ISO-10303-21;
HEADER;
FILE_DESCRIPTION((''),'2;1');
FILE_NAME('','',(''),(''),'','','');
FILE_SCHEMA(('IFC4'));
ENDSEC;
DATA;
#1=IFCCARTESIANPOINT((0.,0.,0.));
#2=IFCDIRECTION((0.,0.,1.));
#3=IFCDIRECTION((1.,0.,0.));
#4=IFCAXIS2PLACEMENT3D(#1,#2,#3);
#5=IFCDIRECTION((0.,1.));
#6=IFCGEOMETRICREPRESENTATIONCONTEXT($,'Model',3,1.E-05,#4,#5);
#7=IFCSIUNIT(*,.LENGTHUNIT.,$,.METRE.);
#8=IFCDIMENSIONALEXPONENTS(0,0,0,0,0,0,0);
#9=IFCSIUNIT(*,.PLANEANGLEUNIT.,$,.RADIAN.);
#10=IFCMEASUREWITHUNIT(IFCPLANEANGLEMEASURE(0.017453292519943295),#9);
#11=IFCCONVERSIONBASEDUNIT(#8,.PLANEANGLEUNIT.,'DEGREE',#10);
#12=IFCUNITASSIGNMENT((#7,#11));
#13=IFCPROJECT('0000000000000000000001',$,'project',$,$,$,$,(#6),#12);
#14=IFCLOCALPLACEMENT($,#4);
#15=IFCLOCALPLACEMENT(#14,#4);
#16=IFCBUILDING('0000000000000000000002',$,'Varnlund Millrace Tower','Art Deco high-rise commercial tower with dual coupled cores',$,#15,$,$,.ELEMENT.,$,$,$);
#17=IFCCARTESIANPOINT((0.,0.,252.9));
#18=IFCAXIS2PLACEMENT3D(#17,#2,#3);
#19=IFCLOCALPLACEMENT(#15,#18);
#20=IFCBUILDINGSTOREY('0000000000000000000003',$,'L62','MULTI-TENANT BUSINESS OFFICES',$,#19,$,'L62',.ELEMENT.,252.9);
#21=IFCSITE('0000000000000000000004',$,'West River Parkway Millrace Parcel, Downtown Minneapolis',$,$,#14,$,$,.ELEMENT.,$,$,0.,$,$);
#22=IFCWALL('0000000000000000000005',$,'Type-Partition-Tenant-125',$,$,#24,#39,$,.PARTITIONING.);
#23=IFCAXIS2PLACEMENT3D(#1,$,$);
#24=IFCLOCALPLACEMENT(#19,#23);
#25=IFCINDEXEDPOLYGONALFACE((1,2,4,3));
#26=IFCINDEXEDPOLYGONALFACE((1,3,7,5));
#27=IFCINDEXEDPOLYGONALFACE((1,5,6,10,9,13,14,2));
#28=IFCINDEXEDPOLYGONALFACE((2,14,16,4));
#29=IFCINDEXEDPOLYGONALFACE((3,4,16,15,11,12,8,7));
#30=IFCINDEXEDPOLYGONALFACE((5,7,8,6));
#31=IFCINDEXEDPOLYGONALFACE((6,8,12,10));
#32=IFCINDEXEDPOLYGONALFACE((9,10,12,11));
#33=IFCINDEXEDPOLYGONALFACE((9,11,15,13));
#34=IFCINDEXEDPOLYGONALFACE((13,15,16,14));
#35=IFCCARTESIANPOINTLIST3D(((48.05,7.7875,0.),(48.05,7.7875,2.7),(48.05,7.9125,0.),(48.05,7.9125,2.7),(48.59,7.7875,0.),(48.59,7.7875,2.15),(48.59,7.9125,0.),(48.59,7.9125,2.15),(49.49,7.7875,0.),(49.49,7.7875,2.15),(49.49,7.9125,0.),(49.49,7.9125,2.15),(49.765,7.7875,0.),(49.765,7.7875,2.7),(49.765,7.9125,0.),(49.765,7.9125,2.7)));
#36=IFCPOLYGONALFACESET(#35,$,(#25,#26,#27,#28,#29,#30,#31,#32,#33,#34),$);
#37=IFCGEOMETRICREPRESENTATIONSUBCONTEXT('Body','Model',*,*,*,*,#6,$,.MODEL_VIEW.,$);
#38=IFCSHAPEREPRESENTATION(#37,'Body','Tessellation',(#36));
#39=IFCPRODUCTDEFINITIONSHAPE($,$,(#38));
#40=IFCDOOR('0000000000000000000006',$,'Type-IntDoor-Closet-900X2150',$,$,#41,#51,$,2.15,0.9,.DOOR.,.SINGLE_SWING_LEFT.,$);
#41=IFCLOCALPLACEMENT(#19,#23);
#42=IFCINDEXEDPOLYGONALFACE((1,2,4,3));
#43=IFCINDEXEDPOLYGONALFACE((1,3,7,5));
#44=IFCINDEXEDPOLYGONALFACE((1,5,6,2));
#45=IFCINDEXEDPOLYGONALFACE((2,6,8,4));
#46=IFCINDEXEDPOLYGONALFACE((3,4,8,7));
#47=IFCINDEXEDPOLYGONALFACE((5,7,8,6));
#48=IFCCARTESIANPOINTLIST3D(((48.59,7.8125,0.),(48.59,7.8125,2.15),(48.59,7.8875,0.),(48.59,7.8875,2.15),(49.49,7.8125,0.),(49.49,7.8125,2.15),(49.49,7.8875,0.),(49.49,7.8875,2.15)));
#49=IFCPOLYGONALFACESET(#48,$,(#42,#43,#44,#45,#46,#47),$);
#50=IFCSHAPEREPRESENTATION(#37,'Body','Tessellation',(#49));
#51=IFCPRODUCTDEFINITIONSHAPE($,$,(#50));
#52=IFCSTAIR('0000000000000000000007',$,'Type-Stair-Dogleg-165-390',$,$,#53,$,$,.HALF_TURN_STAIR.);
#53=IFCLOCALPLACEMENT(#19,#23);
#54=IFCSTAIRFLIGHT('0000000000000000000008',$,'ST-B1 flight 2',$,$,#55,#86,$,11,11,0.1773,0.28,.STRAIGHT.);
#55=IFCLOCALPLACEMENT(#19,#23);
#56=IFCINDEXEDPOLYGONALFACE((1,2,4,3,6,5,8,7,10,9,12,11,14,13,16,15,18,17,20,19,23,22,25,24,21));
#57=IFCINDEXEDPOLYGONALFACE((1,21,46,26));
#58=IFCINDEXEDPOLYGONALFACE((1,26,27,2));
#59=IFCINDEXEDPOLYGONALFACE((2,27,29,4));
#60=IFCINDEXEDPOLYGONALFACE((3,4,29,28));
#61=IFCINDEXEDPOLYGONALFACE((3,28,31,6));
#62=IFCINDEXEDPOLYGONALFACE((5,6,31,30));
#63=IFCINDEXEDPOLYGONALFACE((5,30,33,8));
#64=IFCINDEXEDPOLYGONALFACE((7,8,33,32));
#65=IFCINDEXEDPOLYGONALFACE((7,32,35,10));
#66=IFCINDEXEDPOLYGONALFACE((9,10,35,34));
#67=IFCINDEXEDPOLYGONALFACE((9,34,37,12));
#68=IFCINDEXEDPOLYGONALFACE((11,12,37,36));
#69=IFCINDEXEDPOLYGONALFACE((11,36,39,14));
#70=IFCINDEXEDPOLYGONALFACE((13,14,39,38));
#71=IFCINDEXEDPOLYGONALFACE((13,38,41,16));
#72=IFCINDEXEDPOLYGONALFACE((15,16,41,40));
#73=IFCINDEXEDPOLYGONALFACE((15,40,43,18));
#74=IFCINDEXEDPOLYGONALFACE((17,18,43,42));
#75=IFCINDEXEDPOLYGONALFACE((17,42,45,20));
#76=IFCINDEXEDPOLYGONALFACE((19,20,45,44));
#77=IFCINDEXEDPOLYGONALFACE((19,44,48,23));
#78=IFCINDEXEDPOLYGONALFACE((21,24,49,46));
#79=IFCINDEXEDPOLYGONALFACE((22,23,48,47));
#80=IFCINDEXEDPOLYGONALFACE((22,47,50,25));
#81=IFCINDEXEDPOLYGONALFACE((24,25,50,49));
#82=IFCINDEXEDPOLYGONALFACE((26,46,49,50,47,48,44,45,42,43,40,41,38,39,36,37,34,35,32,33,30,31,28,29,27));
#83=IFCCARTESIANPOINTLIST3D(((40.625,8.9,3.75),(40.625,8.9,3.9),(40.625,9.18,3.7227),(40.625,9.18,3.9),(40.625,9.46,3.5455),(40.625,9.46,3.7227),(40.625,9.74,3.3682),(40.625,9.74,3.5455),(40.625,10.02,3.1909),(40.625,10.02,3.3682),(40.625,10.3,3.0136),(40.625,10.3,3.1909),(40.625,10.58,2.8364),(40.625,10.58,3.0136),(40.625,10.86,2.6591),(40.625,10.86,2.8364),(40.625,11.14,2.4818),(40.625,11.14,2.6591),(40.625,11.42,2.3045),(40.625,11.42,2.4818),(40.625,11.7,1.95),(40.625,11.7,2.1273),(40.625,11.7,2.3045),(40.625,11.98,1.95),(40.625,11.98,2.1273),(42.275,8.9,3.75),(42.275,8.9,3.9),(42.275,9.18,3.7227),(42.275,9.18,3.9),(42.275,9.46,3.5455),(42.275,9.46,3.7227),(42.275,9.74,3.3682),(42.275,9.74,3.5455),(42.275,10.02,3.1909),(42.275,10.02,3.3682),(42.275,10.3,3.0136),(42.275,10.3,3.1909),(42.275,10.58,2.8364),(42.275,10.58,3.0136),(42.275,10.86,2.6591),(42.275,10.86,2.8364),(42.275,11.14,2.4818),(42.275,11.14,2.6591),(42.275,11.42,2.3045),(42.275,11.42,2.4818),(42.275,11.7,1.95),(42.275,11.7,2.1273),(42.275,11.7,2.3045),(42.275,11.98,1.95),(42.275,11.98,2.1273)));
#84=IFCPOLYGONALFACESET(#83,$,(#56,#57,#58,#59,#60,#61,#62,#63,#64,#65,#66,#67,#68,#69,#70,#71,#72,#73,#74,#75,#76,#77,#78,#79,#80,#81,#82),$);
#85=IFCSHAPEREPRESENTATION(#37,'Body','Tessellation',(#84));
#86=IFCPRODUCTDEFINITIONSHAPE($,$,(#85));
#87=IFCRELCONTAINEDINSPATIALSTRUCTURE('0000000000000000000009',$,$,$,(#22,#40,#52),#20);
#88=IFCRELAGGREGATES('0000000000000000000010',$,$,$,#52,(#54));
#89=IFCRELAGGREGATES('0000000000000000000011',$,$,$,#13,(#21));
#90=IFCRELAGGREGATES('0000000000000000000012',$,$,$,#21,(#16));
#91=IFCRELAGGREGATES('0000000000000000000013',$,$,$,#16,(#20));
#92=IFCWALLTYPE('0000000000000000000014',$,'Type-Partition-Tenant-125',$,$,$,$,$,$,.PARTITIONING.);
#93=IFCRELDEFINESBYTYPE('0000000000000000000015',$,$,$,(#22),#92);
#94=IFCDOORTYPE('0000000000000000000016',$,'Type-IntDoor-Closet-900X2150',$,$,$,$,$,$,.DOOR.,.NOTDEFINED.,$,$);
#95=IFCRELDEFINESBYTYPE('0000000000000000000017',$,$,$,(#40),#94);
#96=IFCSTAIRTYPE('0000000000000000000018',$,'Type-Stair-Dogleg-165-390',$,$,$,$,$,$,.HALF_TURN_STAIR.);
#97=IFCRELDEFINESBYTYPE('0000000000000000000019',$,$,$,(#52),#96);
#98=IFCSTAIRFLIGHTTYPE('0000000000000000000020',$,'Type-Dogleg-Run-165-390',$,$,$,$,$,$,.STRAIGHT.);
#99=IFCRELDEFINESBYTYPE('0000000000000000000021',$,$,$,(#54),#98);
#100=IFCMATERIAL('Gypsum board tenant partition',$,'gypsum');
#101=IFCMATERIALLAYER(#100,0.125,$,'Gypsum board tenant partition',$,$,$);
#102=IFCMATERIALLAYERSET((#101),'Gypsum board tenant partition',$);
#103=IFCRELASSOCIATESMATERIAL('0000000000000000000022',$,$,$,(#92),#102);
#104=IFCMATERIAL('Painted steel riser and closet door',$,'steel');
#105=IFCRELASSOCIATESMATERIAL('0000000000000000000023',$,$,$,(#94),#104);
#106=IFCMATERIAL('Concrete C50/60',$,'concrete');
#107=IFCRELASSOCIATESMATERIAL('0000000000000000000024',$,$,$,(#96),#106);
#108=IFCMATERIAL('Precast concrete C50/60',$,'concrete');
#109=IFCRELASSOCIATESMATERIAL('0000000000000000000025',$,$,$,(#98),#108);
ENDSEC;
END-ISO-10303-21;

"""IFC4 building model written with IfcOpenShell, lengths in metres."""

from ifc_helpers import new_model, entity, si_unit, converted_unit, direction, frame, origin_with_axes, origin_2d_with_axis, place, context, subcontext, project, spatial, polyline, rectangle, outline, extrude, material, layer, layer_set, type_object, element, fill, aggregate, save


model = new_model("IFC4")

# Units and contexts
model_context = context("Model", 3, precision=1e-05, world=origin_with_axes(), true_north=direction((0.0, 1.0)))
body_context = subcontext(model_context, "Body", "Model", "MODEL_VIEW")
ifc_project = project(units=[si_unit("LENGTHUNIT", "METRE"), converted_unit("PLANEANGLEUNIT", "DEGREE", entity("IfcPlaneAngleMeasure", 0.017453292519943295), si_unit("PLANEANGLEUNIT", "RADIAN"), dimensions=[0, 0, 0, 0, 0, 0, 0])], contexts=[model_context])

# Site, building, storey
site_placement = place(None, origin_with_axes())
site = spatial("IfcSite", under=ifc_project, at=site_placement, Name="West River Parkway Millrace Parcel, Downtown Minneapolis", CompositionType="ELEMENT", RefElevation=0.0)
building_placement = place(site_placement, origin_with_axes())
building = spatial("IfcBuilding", under=site, at=building_placement, Name="Varnlund Millrace Tower", Description="Art Deco high-rise commercial tower with dual coupled cores", CompositionType="ELEMENT")
storey_placement = place(building_placement, frame((0.0, 0.0, 252.9), z_axis=(0.0, 0.0, 1.0), x_axis=(1.0, 0.0, 0.0)))
storey = spatial("IfcBuildingStorey", under=building, at=storey_placement, Name="L62", Description="MULTI-TENANT BUSINESS OFFICES", LongName="L62", CompositionType="ELEMENT", Elevation=252.9)

# Shared definitions
ifc_material_1 = material(Name="Precast concrete C50/60", Category="concrete")

# Wall, opening, door
ifc_material_2 = material(Name="Gypsum board tenant partition", Category="gypsum")
ifc_layer_1 = layer(ifc_material_2, 0.125, Name="Gypsum board tenant partition")
ifc_layer_set_1 = layer_set([ifc_layer_1], Name="Gypsum board tenant partition")
wall_type_1 = type_object("IfcWallType", Name="Type-Partition-Tenant-125", PredefinedType="PARTITIONING", material=ifc_layer_set_1)
wall_1_placement = place(storey_placement, frame((49.765, 7.85, 0.0), z_axis=(0.0, 0.0, 1.0), x_axis=(-1.0, 0.0, 0.0)))
wall_1 = element("IfcWall", 1, at=wall_1_placement, inside=storey, type_object=wall_type_1, Name="Type-Partition-Tenant-125", PredefinedType="PARTITIONING", context=body_context, shape_type="SweptSolid", body=[
    extrude(outline(polyline([(0.0, -0.0625), (1.715, -0.0625), (1.715, 0.0625), (0.0, 0.0625), (0.0, -0.0625)])), origin_with_axes(), (0.0, 0.0, 1.0), 2.7),
])
opening_1_placement = place(wall_1_placement, frame((0.725, 0.0, 0.0), z_axis=(0.0, 0.0, 1.0), x_axis=(1.0, 0.0, 0.0)))
opening_1 = element("IfcOpeningElement", 2, at=opening_1_placement, cuts=wall_1, PredefinedType="OPENING", context=body_context, shape_type="SweptSolid", body=[
    extrude(rectangle(XDim=0.9, YDim=0.145, at=origin_2d_with_axis()), origin_with_axes(), (0.0, 0.0, 1.0), 2.15),
])
ifc_material_3 = material(Name="Painted steel riser and closet door", Category="steel")
door_type = type_object("IfcDoorType", Name="Type-IntDoor-Closet-900X2150", OperationType="NOTDEFINED", PredefinedType="DOOR", material=ifc_material_3)
door_placement = place(wall_1_placement, frame((0.725, 0.0, 0.0), z_axis=(0.0, 0.0, 1.0), x_axis=(1.0, 0.0, 0.0)))
door = element("IfcDoor", 3, at=door_placement, inside=storey, type_object=door_type, Name="Type-IntDoor-Closet-900X2150", OperationType="SINGLE_SWING_LEFT", OverallHeight=2.15, OverallWidth=0.9, PredefinedType="DOOR", context=body_context, shape_type="SweptSolid", body=[
    extrude(rectangle(XDim=0.9, YDim=0.075, at=origin_2d_with_axis()), origin_with_axes(), (0.0, 0.0, 1.0), 2.15),
])
fill(opening_1, door)

# Stair, stair flight
ifc_material_4 = material(Name="Concrete C50/60", Category="concrete")
stair_type = type_object("IfcStairType", Name="Type-Stair-Dogleg-165-390", PredefinedType="HALF_TURN_STAIR", material=ifc_material_4)
stair_placement = place(storey_placement, origin_with_axes())
stair = element("IfcStair", 4, at=stair_placement, inside=storey, type_object=stair_type, Name="Type-Stair-Dogleg-165-390", PredefinedType="HALF_TURN_STAIR")
stair_flight_type = type_object("IfcStairFlightType", Name="Type-Dogleg-Run-165-390", PredefinedType="STRAIGHT", material=ifc_material_1)
stair_flight_placement = place(storey_placement, frame((42.275, 11.98, 1.95), z_axis=(-1.0, 0.0, 0.0), x_axis=(0.0, -1.0, 0.0)))
stair_flight = element("IfcStairFlight", 5, at=stair_flight_placement, type_object=stair_flight_type, Name="ST-B1 flight 2", NumberOfRisers=11, NumberOfTreads=11, PredefinedType="STRAIGHT", RiserHeight=0.1773, TreadLength=0.28, context=body_context, shape_type="SweptSolid", body=[
    extrude(outline(polyline([(0.0, 0.0), (0.0, 0.1773), (0.28, 0.1773), (0.28, 0.3545), (0.56, 0.3545), (0.56, 0.5318), (0.84, 0.5318), (0.84, 0.7091), (1.12, 0.7091), (1.12, 0.8864), (1.4, 0.8864), (1.4, 1.0636), (1.68, 1.0636), (1.68, 1.2409), (1.96, 1.2409), (1.96, 1.4182), (2.24, 1.4182), (2.24, 1.5955), (2.52, 1.5955), (2.52, 1.7727), (2.8, 1.7727), (2.8, 1.95), (3.08, 1.95), (3.08, 1.8), (0.28, 0.0), (0.0, 0.0)])), origin_with_axes(), (0.0, 0.0, 1.0), 1.65),
])
aggregate(stair, [stair_flight])

save(model, "model.ifc")
